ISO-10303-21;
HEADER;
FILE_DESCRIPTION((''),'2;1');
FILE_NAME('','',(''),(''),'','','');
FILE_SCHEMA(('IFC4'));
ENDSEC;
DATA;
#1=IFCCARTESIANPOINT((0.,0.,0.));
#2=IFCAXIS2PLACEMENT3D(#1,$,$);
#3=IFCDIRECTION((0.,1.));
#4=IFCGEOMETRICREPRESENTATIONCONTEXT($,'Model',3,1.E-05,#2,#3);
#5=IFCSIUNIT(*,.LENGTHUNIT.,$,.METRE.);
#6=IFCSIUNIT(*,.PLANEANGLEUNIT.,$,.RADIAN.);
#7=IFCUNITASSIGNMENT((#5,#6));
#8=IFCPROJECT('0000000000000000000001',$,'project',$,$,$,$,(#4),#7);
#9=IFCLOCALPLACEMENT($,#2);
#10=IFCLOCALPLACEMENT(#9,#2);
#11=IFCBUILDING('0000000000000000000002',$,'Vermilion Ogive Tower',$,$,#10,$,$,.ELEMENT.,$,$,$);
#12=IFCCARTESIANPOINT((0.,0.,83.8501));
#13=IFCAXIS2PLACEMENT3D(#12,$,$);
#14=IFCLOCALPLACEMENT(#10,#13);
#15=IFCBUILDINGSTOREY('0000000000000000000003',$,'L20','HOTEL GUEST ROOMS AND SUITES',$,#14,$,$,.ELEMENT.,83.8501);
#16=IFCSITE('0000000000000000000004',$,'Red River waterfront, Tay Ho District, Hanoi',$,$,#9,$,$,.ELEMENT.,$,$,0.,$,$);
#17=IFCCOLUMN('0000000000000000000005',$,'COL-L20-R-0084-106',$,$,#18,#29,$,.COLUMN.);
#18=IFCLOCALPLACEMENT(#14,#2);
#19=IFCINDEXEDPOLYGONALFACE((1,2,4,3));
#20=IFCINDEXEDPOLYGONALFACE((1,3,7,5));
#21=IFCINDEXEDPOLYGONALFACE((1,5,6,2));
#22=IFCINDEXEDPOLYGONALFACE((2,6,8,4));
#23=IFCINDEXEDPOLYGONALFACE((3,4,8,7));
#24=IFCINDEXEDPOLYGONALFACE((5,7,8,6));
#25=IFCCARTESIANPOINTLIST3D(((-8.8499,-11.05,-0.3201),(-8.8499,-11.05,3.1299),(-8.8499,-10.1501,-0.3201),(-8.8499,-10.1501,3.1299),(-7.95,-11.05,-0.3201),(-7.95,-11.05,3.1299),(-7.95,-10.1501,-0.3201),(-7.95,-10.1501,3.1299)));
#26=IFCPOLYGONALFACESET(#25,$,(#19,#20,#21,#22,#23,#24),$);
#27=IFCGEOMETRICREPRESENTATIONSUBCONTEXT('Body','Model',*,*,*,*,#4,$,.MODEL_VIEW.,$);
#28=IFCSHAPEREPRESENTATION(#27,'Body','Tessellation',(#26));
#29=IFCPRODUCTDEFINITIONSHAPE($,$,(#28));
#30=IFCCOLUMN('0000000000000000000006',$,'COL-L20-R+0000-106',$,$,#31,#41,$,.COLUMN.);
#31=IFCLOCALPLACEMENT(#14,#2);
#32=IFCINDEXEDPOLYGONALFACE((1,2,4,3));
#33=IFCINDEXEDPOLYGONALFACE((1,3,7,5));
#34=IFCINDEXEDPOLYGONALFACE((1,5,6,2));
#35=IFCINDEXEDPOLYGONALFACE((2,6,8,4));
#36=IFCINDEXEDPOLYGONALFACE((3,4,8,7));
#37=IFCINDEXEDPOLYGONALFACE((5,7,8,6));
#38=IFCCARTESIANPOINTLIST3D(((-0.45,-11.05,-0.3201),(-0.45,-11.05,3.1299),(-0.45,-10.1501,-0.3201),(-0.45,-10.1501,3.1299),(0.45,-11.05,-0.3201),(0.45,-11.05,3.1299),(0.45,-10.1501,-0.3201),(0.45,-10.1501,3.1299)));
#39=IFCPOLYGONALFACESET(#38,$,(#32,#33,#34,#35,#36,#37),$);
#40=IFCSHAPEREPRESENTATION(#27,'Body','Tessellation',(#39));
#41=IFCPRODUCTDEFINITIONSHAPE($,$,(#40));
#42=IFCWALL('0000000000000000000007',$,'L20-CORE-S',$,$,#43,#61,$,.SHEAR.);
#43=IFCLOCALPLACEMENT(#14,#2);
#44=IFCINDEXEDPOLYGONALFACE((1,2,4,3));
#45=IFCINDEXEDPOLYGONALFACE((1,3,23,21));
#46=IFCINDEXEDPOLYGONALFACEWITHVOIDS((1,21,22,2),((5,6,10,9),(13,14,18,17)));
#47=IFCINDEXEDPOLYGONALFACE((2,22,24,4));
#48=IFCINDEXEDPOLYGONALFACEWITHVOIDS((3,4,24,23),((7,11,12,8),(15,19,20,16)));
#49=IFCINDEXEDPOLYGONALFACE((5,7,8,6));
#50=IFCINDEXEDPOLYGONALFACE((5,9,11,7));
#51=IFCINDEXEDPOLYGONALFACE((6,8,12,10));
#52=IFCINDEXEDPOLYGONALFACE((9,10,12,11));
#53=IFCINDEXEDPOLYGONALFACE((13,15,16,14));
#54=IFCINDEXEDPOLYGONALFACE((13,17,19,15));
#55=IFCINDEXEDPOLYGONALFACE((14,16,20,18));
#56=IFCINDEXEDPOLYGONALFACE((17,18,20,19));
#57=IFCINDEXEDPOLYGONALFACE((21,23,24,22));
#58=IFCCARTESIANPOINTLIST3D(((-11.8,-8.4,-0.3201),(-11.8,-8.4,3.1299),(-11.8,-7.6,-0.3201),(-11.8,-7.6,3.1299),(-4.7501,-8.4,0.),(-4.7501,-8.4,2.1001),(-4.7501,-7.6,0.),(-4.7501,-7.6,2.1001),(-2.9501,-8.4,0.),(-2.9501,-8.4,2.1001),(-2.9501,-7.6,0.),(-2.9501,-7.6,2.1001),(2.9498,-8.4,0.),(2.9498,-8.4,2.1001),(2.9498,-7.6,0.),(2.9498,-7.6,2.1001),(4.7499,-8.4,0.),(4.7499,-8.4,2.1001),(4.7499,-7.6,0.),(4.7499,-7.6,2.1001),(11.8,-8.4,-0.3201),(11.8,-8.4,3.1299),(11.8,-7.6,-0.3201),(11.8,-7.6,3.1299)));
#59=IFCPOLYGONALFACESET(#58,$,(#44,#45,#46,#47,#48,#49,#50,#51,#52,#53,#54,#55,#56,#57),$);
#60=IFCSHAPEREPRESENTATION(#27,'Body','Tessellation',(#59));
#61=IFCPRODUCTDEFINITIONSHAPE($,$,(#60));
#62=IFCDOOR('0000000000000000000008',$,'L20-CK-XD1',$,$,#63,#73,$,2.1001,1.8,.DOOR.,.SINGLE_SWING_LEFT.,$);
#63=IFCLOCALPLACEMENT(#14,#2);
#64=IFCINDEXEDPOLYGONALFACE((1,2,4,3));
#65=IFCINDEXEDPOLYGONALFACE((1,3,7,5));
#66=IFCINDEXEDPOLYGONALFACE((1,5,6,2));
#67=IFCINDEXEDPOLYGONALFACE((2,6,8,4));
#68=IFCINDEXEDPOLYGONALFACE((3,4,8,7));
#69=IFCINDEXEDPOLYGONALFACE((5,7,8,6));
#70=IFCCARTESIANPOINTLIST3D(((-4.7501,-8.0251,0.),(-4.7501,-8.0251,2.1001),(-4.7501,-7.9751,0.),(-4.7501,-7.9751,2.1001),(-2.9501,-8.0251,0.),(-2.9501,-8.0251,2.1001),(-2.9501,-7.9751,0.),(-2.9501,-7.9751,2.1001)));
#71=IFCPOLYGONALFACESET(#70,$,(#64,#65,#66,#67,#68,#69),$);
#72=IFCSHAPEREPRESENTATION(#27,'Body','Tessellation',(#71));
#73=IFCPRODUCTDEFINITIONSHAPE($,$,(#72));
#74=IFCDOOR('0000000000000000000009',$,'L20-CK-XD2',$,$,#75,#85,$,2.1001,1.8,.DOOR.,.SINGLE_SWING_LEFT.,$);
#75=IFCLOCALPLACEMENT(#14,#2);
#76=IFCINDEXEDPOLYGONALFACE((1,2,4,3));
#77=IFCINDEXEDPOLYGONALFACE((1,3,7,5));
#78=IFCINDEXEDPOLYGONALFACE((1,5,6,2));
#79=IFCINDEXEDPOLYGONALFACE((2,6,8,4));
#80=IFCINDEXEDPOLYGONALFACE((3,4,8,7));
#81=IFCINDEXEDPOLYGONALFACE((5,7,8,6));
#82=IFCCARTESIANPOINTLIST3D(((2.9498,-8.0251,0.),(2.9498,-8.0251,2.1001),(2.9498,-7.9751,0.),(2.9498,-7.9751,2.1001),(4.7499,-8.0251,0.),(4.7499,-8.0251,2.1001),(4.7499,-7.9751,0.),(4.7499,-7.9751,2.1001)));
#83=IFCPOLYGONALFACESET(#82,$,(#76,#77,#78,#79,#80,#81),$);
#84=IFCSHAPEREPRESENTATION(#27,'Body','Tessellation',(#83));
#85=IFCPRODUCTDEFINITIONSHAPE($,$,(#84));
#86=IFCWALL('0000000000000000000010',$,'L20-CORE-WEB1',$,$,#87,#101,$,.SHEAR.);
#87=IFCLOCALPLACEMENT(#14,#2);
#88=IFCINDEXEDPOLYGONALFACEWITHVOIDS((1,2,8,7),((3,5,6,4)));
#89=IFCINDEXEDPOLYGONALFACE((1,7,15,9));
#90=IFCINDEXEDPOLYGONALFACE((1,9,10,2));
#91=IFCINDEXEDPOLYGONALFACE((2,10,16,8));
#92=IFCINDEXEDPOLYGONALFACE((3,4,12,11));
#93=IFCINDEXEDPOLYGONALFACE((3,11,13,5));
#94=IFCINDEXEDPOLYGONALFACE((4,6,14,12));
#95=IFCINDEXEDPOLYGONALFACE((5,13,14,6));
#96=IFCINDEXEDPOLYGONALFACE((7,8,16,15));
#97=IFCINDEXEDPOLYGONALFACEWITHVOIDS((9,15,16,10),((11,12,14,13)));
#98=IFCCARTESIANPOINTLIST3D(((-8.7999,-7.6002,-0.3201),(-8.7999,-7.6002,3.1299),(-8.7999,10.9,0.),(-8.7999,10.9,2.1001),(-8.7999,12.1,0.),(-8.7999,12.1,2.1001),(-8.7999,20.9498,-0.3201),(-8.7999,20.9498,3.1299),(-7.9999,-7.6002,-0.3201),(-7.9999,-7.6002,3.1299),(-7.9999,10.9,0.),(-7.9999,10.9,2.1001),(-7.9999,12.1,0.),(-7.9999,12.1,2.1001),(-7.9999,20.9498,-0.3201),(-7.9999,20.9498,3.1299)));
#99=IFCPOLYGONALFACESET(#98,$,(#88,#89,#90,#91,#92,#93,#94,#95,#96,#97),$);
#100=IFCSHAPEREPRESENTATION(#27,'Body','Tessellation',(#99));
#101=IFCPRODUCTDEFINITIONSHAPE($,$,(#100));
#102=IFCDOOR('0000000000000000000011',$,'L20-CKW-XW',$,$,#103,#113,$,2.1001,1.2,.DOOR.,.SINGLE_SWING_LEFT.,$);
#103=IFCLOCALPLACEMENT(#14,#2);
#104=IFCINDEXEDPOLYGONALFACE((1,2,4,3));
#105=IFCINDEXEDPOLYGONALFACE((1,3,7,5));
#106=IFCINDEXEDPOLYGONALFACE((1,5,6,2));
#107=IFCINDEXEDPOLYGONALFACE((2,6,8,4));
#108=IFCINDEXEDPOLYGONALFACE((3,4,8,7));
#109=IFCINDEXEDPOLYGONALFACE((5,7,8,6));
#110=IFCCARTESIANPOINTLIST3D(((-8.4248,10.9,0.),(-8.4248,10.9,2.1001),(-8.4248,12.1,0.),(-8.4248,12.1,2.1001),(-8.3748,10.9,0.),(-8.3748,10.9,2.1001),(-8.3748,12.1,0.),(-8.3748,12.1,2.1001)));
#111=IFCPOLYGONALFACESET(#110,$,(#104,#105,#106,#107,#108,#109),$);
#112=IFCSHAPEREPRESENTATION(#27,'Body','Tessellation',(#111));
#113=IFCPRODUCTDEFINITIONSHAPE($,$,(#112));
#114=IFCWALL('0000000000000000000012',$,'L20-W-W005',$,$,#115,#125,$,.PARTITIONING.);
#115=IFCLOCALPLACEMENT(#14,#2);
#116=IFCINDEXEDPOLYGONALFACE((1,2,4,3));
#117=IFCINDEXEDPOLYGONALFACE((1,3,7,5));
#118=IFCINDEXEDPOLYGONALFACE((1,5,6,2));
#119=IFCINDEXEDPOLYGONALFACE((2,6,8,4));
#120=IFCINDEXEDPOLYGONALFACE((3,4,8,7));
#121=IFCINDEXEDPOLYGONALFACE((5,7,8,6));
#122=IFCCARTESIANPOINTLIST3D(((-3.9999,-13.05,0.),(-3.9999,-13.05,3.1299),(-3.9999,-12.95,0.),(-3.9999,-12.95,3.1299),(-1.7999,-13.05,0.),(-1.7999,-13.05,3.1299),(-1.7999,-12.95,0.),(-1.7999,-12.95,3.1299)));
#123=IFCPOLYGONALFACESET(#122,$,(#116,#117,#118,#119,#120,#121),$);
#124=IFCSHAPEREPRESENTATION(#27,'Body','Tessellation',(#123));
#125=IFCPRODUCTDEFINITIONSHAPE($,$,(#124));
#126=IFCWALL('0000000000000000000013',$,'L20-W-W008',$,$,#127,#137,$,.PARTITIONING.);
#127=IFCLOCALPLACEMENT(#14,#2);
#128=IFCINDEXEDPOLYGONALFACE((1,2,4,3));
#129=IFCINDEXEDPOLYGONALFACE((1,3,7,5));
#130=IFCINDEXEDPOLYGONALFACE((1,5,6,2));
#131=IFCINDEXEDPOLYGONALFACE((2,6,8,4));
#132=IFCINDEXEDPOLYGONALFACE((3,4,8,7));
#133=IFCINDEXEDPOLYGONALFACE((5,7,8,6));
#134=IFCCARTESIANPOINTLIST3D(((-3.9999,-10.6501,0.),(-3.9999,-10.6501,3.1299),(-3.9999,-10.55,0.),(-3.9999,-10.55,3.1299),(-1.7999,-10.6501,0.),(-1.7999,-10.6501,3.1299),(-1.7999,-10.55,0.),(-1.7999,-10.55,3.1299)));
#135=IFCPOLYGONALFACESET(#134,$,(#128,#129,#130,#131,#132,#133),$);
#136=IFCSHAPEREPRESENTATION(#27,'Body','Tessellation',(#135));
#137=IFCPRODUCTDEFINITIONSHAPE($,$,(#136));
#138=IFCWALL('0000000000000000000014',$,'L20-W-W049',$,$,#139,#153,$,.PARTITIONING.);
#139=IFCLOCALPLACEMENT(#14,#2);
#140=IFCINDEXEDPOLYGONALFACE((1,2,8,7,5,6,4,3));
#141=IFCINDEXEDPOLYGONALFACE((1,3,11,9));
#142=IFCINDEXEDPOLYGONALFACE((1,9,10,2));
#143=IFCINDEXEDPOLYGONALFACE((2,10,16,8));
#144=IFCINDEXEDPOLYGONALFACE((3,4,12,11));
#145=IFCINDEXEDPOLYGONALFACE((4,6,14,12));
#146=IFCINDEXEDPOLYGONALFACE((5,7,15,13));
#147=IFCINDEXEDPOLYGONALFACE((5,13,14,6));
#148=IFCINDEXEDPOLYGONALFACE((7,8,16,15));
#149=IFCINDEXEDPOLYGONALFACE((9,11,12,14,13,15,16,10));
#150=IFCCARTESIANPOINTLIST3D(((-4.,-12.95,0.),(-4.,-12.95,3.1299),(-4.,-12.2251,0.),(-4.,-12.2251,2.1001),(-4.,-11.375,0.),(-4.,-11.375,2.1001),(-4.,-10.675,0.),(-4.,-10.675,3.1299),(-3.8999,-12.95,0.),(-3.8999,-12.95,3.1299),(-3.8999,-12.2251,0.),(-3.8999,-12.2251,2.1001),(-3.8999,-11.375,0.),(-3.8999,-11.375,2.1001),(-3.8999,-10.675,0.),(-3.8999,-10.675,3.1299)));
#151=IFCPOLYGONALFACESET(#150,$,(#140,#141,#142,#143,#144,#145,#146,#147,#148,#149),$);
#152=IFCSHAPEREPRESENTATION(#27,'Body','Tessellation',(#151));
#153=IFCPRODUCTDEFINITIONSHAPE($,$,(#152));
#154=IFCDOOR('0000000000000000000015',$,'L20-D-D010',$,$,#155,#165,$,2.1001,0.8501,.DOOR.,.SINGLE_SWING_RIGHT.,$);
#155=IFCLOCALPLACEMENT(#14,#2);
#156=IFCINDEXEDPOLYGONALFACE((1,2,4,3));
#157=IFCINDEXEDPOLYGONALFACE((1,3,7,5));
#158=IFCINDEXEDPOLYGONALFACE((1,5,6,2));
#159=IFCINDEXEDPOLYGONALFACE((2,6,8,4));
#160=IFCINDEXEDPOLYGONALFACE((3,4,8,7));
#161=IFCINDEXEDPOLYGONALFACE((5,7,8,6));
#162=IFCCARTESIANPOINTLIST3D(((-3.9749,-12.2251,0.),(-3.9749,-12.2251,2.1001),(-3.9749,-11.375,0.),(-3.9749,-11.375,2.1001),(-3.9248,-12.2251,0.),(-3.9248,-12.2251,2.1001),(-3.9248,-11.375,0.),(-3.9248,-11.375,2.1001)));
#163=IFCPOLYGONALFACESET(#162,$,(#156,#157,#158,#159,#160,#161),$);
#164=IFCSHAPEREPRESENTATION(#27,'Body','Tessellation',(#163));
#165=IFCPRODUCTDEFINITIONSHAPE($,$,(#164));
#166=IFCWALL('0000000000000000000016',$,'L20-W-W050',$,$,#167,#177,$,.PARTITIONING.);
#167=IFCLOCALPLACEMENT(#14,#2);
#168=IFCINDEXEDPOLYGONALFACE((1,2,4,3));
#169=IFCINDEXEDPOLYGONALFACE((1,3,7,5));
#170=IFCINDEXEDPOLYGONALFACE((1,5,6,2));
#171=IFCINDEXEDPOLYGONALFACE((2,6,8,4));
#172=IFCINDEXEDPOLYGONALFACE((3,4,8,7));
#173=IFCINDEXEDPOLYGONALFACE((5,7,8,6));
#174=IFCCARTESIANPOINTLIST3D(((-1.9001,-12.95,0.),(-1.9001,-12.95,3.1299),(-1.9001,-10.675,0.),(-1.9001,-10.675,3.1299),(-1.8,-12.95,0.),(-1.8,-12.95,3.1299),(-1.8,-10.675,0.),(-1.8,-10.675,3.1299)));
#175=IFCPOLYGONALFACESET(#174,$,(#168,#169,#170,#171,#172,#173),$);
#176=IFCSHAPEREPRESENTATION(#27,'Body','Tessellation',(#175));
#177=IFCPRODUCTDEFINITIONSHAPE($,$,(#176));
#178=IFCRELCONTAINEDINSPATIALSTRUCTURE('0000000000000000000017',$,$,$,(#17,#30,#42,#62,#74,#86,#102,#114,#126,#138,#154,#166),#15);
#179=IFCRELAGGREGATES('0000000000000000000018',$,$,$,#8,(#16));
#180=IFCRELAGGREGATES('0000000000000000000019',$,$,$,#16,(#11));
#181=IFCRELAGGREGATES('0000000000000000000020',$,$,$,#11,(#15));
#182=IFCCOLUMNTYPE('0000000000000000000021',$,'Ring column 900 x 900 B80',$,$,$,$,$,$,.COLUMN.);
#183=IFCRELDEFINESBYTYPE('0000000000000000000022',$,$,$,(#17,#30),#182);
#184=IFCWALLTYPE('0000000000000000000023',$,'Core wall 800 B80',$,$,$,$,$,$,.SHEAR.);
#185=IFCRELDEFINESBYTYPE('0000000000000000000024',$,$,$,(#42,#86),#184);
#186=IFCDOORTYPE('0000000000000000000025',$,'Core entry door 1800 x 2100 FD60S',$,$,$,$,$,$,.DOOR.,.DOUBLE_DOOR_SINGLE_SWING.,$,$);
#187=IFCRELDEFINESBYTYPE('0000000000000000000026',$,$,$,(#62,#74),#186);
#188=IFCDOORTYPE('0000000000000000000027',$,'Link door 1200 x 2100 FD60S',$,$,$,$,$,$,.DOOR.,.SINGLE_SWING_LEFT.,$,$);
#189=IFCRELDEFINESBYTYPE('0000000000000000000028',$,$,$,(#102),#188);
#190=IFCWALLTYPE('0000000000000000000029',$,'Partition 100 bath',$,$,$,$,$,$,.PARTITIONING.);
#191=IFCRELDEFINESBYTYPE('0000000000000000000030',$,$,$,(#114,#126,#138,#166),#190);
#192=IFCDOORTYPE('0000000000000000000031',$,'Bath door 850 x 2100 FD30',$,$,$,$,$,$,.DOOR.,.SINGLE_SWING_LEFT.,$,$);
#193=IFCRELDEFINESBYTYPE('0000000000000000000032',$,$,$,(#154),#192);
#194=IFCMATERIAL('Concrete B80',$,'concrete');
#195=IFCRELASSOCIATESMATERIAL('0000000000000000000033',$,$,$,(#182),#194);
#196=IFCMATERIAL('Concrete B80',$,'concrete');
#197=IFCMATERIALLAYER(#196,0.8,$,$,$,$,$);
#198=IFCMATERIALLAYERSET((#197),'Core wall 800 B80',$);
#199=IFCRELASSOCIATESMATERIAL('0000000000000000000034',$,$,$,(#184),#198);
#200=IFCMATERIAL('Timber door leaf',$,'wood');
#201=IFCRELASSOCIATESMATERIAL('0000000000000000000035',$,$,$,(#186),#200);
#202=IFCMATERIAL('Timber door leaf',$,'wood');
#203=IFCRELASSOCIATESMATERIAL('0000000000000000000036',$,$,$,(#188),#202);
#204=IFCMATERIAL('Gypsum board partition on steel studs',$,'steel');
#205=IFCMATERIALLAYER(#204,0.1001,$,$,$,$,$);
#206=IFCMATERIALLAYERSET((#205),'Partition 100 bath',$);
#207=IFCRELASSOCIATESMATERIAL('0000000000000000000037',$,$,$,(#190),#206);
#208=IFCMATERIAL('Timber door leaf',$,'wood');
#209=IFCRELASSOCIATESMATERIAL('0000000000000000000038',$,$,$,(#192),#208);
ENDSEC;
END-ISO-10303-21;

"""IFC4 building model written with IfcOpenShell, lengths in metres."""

from ifc_helpers import new_model, si_unit, direction, frame, frame_2d, origin, origin_2d, place, context, subcontext, project, spatial, rectangle, extrude, material, layer, layer_set, material_profile, profile_set, type_object, element, fill, save


model = new_model("IFC4")

# Units and contexts
model_context = context("Model", 3, precision=1e-05, world=origin(), true_north=direction((0.0, 1.0)))
body_context = subcontext(model_context, "Body", "Model", "MODEL_VIEW")
ifc_project = project(units=[si_unit("LENGTHUNIT", "METRE"), si_unit("PLANEANGLEUNIT", "RADIAN")], contexts=[model_context])

# Site, building, storey
site_placement = place(None, origin())
site = spatial("IfcSite", under=ifc_project, at=site_placement, Name="Red River waterfront, Tay Ho District, Hanoi", CompositionType="ELEMENT", RefElevation=0.0)
building_placement = place(site_placement, origin())
building = spatial("IfcBuilding", under=site, at=building_placement, Name="Vermilion Ogive Tower", CompositionType="ELEMENT")
storey_placement = place(building_placement, frame((0.0, 0.0, 83.8501)))
storey = spatial("IfcBuildingStorey", under=building, at=storey_placement, Name="L20", Description="HOTEL GUEST ROOMS AND SUITES", CompositionType="ELEMENT", Elevation=83.8501)

# Columns
ifc_material_1 = material(Name="Concrete B80", Category="concrete")
ifc_material_profile = material_profile(ifc_material_1, rectangle(XDim=0.8999, YDim=0.8999, at=origin_2d()), Name="900 x 900")
ifc_profile_set = profile_set([ifc_material_profile], Name="Concrete B80")
column_type = type_object("IfcColumnType", Name="Ring column 900 x 900 B80", PredefinedType="COLUMN", material=ifc_profile_set)
for number, where, z_axis, x_axis, name in (
    (1, (-8.3999, -10.6001, -0.3201), (0.0, 0.0, 1.0), (1.0, 0.0, 0.0), "COL-L20-R-0084-106"),
    (2, (0.0, -10.6001, -0.3201), (0.0, 0.0, 1.0), (1.0, 0.0, 0.0), "COL-L20-R+0000-106"),
):
    element("IfcColumn", number, at=place(storey_placement, frame(where, z_axis=z_axis, x_axis=x_axis)), inside=storey, type_object=column_type, Name=name, PredefinedType="COLUMN", context=body_context, shape_type="SweptSolid", body=[
        extrude(rectangle(XDim=0.8999, YDim=0.8999, at=origin_2d()), origin(), (0.0, 0.0, 1.0), 3.45),
    ])

# Wall, openings, doors
ifc_material_2 = material(Name="Concrete B80", Category="concrete")
ifc_layer_1 = layer(ifc_material_2, 0.8)
ifc_layer_set_1 = layer_set([ifc_layer_1], Name="Core wall 800 B80")
wall_type_1 = type_object("IfcWallType", Name="Core wall 800 B80", PredefinedType="SHEAR", material=ifc_layer_set_1)
wall_1_placement = place(storey_placement, frame((-11.8, -8.0, -0.3201), z_axis=(0.0, 0.0, 1.0), x_axis=(1.0, 0.0, 0.0)))
wall_1 = element("IfcWall", 3, at=wall_1_placement, inside=storey, type_object=wall_type_1, Name="L20-CORE-S", PredefinedType="SHEAR", context=body_context, shape_type="SweptSolid", body=[
    extrude(rectangle(XDim=23.6001, YDim=0.8, at=frame_2d((11.8, 0.0))), origin(), (0.0, 0.0, 1.0), 3.45),
])
opening_1_placement = place(wall_1_placement, frame((7.05, 0.0, 0.3201)))
opening_1 = element("IfcOpeningElement", 4, at=opening_1_placement, cuts=wall_1, PredefinedType="OPENING", context=body_context, shape_type="SweptSolid", body=[
    extrude(rectangle(XDim=1.8, YDim=2.1001, at=frame_2d((0.8999, 1.05))), frame((0.0, 0.4099, 0.0), z_axis=(0.0, -1.0, 0.0), x_axis=(1.0, 0.0, 0.0)), (0.0, 0.0, 1.0), 0.8201),
])
opening_2_placement = place(wall_1_placement, frame((14.75, 0.0, 0.3201)))
opening_2 = element("IfcOpeningElement", 5, at=opening_2_placement, cuts=wall_1, PredefinedType="OPENING", context=body_context, shape_type="SweptSolid", body=[
    extrude(rectangle(XDim=1.8, YDim=2.1001, at=frame_2d((0.8999, 1.05))), frame((0.0, 0.4099, 0.0), z_axis=(0.0, -1.0, 0.0), x_axis=(1.0, 0.0, 0.0)), (0.0, 0.0, 1.0), 0.8201),
])
ifc_material_3 = material(Name="Timber door leaf", Category="wood")
door_type_1 = type_object("IfcDoorType", Name="Core entry door 1800 x 2100 FD60S", OperationType="DOUBLE_DOOR_SINGLE_SWING", PredefinedType="DOOR", material=ifc_material_3)
door_1_placement = place(opening_1_placement, origin())
door_1 = element("IfcDoor", 6, at=door_1_placement, inside=storey, type_object=door_type_1, Name="L20-CK-XD1", OperationType="SINGLE_SWING_LEFT", OverallHeight=2.1001, OverallWidth=1.8, PredefinedType="DOOR", context=body_context, shape_type="SweptSolid", body=[
    extrude(rectangle(XDim=1.8, YDim=2.1001, at=frame_2d((0.8999, 1.05))), frame((0.0, 0.0249, 0.0), z_axis=(0.0, -1.0, 0.0), x_axis=(1.0, 0.0, 0.0)), (0.0, 0.0, 1.0), 0.05),
])
fill(opening_1, door_1)
door_2_placement = place(opening_2_placement, origin())
door_2 = element("IfcDoor", 7, at=door_2_placement, inside=storey, type_object=door_type_1, Name="L20-CK-XD2", OperationType="SINGLE_SWING_LEFT", OverallHeight=2.1001, OverallWidth=1.8, PredefinedType="DOOR", context=body_context, shape_type="SweptSolid", body=[
    extrude(rectangle(XDim=1.8, YDim=2.1001, at=frame_2d((0.8999, 1.05))), frame((0.0, 0.0249, 0.0), z_axis=(0.0, -1.0, 0.0), x_axis=(1.0, 0.0, 0.0)), (0.0, 0.0, 1.0), 0.05),
])
fill(opening_2, door_2)

# Wall, opening, door
wall_2_placement = place(storey_placement, frame((-8.3999, -7.6001, -0.3201), z_axis=(0.0, 0.0, 1.0), x_axis=(0.0, 1.0, 0.0)))
wall_2 = element("IfcWall", 8, at=wall_2_placement, inside=storey, type_object=wall_type_1, Name="L20-CORE-WEB1", PredefinedType="SHEAR", context=body_context, shape_type="SweptSolid", body=[
    extrude(rectangle(XDim=28.55, YDim=0.8, at=frame_2d((14.2749, 0.0))), origin(), (0.0, 0.0, 1.0), 3.45),
])
opening_3_placement = place(wall_2_placement, frame((18.5, 0.0, 0.3201)))
opening_3 = element("IfcOpeningElement", 9, at=opening_3_placement, cuts=wall_2, PredefinedType="OPENING", context=body_context, shape_type="SweptSolid", body=[
    extrude(rectangle(XDim=1.2, YDim=2.1001, at=frame_2d((0.6001, 1.05))), frame((0.0, 0.4099, 0.0), z_axis=(0.0, -1.0, 0.0), x_axis=(1.0, 0.0, 0.0)), (0.0, 0.0, 1.0), 0.8201),
])
ifc_material_4 = material(Name="Timber door leaf", Category="wood")
door_type_2 = type_object("IfcDoorType", Name="Link door 1200 x 2100 FD60S", OperationType="SINGLE_SWING_LEFT", PredefinedType="DOOR", material=ifc_material_4)
door_3_placement = place(opening_3_placement, origin())
door_3 = element("IfcDoor", 10, at=door_3_placement, inside=storey, type_object=door_type_2, Name="L20-CKW-XW", OperationType="SINGLE_SWING_LEFT", OverallHeight=2.1001, OverallWidth=1.2, PredefinedType="DOOR", context=body_context, shape_type="SweptSolid", body=[
    extrude(rectangle(XDim=1.2, YDim=2.1001, at=frame_2d((0.6001, 1.05))), frame((0.0, 0.0249, 0.0), z_axis=(0.0, -1.0, 0.0), x_axis=(1.0, 0.0, 0.0)), (0.0, 0.0, 1.0), 0.05),
])
fill(opening_3, door_3)

# Walls
ifc_material_5 = material(Name="Gypsum board partition on steel studs", Category="steel")
ifc_layer_2 = layer(ifc_material_5, 0.1001)
ifc_layer_set_2 = layer_set([ifc_layer_2], Name="Partition 100 bath")
wall_type_2 = type_object("IfcWallType", Name="Partition 100 bath", PredefinedType="PARTITIONING", material=ifc_layer_set_2)
for number, where, z_axis, x_axis, name in (
    (11, (-4.0, -13.0, 0.0), (0.0, 0.0, 1.0), (1.0, 0.0, 0.0), "L20-W-W005"),
    (12, (-4.0, -10.6001, 0.0), (0.0, 0.0, 1.0), (1.0, 0.0, 0.0), "L20-W-W008"),
):
    element("IfcWall", number, at=place(storey_placement, frame(where, z_axis=z_axis, x_axis=x_axis)), inside=storey, type_object=wall_type_2, Name=name, PredefinedType="PARTITIONING", context=body_context, shape_type="SweptSolid", body=[
        extrude(rectangle(XDim=2.2, YDim=0.1001, at=frame_2d((1.1001, 0.0))), origin(), (0.0, 0.0, 1.0), 3.1299),
    ])

# Wall, opening, door
wall_3_placement = place(storey_placement, frame((-3.95, -12.95, 0.0), z_axis=(0.0, 0.0, 1.0), x_axis=(0.0, 1.0, 0.0)))
wall_3 = element("IfcWall", 13, at=wall_3_placement, inside=storey, type_object=wall_type_2, Name="L20-W-W049", PredefinedType="PARTITIONING", context=body_context, shape_type="SweptSolid", body=[
    extrude(rectangle(XDim=2.2749, YDim=0.1001, at=frame_2d((1.1375, 0.0))), origin(), (0.0, 0.0, 1.0), 3.1299),
])
opening_4_placement = place(wall_3_placement, frame((0.7249, 0.0, 0.0)))
opening_4 = element("IfcOpeningElement", 14, at=opening_4_placement, cuts=wall_3, PredefinedType="OPENING", context=body_context, shape_type="SweptSolid", body=[
    extrude(rectangle(XDim=0.8501, YDim=2.1001, at=frame_2d((0.425, 1.05))), frame((0.0, 0.0601, 0.0), z_axis=(0.0, -1.0, 0.0), x_axis=(1.0, 0.0, 0.0)), (0.0, 0.0, 1.0), 0.1201),
])
ifc_material_6 = material(Name="Timber door leaf", Category="wood")
door_type_3 = type_object("IfcDoorType", Name="Bath door 850 x 2100 FD30", OperationType="SINGLE_SWING_LEFT", PredefinedType="DOOR", material=ifc_material_6)
door_4_placement = place(opening_4_placement, origin())
door_4 = element("IfcDoor", 15, at=door_4_placement, inside=storey, type_object=door_type_3, Name="L20-D-D010", OperationType="SINGLE_SWING_RIGHT", OverallHeight=2.1001, OverallWidth=0.8501, PredefinedType="DOOR", context=body_context, shape_type="SweptSolid", body=[
    extrude(rectangle(XDim=0.8501, YDim=2.1001, at=frame_2d((0.425, 1.05))), frame((0.0, 0.0249, 0.0), z_axis=(0.0, -1.0, 0.0), x_axis=(1.0, 0.0, 0.0)), (0.0, 0.0, 1.0), 0.05),
])
fill(opening_4, door_4)

# Wall
wall_4_placement = place(storey_placement, frame((-1.8501, -12.95, 0.0), z_axis=(0.0, 0.0, 1.0), x_axis=(0.0, 1.0, 0.0)))
element("IfcWall", 16, at=wall_4_placement, inside=storey, type_object=wall_type_2, Name="L20-W-W050", PredefinedType="PARTITIONING", context=body_context, shape_type="SweptSolid", body=[
    extrude(rectangle(XDim=2.2749, YDim=0.1001, at=frame_2d((1.1375, 0.0))), origin(), (0.0, 0.0, 1.0), 3.1299),
])

save(model, "model.ifc")
